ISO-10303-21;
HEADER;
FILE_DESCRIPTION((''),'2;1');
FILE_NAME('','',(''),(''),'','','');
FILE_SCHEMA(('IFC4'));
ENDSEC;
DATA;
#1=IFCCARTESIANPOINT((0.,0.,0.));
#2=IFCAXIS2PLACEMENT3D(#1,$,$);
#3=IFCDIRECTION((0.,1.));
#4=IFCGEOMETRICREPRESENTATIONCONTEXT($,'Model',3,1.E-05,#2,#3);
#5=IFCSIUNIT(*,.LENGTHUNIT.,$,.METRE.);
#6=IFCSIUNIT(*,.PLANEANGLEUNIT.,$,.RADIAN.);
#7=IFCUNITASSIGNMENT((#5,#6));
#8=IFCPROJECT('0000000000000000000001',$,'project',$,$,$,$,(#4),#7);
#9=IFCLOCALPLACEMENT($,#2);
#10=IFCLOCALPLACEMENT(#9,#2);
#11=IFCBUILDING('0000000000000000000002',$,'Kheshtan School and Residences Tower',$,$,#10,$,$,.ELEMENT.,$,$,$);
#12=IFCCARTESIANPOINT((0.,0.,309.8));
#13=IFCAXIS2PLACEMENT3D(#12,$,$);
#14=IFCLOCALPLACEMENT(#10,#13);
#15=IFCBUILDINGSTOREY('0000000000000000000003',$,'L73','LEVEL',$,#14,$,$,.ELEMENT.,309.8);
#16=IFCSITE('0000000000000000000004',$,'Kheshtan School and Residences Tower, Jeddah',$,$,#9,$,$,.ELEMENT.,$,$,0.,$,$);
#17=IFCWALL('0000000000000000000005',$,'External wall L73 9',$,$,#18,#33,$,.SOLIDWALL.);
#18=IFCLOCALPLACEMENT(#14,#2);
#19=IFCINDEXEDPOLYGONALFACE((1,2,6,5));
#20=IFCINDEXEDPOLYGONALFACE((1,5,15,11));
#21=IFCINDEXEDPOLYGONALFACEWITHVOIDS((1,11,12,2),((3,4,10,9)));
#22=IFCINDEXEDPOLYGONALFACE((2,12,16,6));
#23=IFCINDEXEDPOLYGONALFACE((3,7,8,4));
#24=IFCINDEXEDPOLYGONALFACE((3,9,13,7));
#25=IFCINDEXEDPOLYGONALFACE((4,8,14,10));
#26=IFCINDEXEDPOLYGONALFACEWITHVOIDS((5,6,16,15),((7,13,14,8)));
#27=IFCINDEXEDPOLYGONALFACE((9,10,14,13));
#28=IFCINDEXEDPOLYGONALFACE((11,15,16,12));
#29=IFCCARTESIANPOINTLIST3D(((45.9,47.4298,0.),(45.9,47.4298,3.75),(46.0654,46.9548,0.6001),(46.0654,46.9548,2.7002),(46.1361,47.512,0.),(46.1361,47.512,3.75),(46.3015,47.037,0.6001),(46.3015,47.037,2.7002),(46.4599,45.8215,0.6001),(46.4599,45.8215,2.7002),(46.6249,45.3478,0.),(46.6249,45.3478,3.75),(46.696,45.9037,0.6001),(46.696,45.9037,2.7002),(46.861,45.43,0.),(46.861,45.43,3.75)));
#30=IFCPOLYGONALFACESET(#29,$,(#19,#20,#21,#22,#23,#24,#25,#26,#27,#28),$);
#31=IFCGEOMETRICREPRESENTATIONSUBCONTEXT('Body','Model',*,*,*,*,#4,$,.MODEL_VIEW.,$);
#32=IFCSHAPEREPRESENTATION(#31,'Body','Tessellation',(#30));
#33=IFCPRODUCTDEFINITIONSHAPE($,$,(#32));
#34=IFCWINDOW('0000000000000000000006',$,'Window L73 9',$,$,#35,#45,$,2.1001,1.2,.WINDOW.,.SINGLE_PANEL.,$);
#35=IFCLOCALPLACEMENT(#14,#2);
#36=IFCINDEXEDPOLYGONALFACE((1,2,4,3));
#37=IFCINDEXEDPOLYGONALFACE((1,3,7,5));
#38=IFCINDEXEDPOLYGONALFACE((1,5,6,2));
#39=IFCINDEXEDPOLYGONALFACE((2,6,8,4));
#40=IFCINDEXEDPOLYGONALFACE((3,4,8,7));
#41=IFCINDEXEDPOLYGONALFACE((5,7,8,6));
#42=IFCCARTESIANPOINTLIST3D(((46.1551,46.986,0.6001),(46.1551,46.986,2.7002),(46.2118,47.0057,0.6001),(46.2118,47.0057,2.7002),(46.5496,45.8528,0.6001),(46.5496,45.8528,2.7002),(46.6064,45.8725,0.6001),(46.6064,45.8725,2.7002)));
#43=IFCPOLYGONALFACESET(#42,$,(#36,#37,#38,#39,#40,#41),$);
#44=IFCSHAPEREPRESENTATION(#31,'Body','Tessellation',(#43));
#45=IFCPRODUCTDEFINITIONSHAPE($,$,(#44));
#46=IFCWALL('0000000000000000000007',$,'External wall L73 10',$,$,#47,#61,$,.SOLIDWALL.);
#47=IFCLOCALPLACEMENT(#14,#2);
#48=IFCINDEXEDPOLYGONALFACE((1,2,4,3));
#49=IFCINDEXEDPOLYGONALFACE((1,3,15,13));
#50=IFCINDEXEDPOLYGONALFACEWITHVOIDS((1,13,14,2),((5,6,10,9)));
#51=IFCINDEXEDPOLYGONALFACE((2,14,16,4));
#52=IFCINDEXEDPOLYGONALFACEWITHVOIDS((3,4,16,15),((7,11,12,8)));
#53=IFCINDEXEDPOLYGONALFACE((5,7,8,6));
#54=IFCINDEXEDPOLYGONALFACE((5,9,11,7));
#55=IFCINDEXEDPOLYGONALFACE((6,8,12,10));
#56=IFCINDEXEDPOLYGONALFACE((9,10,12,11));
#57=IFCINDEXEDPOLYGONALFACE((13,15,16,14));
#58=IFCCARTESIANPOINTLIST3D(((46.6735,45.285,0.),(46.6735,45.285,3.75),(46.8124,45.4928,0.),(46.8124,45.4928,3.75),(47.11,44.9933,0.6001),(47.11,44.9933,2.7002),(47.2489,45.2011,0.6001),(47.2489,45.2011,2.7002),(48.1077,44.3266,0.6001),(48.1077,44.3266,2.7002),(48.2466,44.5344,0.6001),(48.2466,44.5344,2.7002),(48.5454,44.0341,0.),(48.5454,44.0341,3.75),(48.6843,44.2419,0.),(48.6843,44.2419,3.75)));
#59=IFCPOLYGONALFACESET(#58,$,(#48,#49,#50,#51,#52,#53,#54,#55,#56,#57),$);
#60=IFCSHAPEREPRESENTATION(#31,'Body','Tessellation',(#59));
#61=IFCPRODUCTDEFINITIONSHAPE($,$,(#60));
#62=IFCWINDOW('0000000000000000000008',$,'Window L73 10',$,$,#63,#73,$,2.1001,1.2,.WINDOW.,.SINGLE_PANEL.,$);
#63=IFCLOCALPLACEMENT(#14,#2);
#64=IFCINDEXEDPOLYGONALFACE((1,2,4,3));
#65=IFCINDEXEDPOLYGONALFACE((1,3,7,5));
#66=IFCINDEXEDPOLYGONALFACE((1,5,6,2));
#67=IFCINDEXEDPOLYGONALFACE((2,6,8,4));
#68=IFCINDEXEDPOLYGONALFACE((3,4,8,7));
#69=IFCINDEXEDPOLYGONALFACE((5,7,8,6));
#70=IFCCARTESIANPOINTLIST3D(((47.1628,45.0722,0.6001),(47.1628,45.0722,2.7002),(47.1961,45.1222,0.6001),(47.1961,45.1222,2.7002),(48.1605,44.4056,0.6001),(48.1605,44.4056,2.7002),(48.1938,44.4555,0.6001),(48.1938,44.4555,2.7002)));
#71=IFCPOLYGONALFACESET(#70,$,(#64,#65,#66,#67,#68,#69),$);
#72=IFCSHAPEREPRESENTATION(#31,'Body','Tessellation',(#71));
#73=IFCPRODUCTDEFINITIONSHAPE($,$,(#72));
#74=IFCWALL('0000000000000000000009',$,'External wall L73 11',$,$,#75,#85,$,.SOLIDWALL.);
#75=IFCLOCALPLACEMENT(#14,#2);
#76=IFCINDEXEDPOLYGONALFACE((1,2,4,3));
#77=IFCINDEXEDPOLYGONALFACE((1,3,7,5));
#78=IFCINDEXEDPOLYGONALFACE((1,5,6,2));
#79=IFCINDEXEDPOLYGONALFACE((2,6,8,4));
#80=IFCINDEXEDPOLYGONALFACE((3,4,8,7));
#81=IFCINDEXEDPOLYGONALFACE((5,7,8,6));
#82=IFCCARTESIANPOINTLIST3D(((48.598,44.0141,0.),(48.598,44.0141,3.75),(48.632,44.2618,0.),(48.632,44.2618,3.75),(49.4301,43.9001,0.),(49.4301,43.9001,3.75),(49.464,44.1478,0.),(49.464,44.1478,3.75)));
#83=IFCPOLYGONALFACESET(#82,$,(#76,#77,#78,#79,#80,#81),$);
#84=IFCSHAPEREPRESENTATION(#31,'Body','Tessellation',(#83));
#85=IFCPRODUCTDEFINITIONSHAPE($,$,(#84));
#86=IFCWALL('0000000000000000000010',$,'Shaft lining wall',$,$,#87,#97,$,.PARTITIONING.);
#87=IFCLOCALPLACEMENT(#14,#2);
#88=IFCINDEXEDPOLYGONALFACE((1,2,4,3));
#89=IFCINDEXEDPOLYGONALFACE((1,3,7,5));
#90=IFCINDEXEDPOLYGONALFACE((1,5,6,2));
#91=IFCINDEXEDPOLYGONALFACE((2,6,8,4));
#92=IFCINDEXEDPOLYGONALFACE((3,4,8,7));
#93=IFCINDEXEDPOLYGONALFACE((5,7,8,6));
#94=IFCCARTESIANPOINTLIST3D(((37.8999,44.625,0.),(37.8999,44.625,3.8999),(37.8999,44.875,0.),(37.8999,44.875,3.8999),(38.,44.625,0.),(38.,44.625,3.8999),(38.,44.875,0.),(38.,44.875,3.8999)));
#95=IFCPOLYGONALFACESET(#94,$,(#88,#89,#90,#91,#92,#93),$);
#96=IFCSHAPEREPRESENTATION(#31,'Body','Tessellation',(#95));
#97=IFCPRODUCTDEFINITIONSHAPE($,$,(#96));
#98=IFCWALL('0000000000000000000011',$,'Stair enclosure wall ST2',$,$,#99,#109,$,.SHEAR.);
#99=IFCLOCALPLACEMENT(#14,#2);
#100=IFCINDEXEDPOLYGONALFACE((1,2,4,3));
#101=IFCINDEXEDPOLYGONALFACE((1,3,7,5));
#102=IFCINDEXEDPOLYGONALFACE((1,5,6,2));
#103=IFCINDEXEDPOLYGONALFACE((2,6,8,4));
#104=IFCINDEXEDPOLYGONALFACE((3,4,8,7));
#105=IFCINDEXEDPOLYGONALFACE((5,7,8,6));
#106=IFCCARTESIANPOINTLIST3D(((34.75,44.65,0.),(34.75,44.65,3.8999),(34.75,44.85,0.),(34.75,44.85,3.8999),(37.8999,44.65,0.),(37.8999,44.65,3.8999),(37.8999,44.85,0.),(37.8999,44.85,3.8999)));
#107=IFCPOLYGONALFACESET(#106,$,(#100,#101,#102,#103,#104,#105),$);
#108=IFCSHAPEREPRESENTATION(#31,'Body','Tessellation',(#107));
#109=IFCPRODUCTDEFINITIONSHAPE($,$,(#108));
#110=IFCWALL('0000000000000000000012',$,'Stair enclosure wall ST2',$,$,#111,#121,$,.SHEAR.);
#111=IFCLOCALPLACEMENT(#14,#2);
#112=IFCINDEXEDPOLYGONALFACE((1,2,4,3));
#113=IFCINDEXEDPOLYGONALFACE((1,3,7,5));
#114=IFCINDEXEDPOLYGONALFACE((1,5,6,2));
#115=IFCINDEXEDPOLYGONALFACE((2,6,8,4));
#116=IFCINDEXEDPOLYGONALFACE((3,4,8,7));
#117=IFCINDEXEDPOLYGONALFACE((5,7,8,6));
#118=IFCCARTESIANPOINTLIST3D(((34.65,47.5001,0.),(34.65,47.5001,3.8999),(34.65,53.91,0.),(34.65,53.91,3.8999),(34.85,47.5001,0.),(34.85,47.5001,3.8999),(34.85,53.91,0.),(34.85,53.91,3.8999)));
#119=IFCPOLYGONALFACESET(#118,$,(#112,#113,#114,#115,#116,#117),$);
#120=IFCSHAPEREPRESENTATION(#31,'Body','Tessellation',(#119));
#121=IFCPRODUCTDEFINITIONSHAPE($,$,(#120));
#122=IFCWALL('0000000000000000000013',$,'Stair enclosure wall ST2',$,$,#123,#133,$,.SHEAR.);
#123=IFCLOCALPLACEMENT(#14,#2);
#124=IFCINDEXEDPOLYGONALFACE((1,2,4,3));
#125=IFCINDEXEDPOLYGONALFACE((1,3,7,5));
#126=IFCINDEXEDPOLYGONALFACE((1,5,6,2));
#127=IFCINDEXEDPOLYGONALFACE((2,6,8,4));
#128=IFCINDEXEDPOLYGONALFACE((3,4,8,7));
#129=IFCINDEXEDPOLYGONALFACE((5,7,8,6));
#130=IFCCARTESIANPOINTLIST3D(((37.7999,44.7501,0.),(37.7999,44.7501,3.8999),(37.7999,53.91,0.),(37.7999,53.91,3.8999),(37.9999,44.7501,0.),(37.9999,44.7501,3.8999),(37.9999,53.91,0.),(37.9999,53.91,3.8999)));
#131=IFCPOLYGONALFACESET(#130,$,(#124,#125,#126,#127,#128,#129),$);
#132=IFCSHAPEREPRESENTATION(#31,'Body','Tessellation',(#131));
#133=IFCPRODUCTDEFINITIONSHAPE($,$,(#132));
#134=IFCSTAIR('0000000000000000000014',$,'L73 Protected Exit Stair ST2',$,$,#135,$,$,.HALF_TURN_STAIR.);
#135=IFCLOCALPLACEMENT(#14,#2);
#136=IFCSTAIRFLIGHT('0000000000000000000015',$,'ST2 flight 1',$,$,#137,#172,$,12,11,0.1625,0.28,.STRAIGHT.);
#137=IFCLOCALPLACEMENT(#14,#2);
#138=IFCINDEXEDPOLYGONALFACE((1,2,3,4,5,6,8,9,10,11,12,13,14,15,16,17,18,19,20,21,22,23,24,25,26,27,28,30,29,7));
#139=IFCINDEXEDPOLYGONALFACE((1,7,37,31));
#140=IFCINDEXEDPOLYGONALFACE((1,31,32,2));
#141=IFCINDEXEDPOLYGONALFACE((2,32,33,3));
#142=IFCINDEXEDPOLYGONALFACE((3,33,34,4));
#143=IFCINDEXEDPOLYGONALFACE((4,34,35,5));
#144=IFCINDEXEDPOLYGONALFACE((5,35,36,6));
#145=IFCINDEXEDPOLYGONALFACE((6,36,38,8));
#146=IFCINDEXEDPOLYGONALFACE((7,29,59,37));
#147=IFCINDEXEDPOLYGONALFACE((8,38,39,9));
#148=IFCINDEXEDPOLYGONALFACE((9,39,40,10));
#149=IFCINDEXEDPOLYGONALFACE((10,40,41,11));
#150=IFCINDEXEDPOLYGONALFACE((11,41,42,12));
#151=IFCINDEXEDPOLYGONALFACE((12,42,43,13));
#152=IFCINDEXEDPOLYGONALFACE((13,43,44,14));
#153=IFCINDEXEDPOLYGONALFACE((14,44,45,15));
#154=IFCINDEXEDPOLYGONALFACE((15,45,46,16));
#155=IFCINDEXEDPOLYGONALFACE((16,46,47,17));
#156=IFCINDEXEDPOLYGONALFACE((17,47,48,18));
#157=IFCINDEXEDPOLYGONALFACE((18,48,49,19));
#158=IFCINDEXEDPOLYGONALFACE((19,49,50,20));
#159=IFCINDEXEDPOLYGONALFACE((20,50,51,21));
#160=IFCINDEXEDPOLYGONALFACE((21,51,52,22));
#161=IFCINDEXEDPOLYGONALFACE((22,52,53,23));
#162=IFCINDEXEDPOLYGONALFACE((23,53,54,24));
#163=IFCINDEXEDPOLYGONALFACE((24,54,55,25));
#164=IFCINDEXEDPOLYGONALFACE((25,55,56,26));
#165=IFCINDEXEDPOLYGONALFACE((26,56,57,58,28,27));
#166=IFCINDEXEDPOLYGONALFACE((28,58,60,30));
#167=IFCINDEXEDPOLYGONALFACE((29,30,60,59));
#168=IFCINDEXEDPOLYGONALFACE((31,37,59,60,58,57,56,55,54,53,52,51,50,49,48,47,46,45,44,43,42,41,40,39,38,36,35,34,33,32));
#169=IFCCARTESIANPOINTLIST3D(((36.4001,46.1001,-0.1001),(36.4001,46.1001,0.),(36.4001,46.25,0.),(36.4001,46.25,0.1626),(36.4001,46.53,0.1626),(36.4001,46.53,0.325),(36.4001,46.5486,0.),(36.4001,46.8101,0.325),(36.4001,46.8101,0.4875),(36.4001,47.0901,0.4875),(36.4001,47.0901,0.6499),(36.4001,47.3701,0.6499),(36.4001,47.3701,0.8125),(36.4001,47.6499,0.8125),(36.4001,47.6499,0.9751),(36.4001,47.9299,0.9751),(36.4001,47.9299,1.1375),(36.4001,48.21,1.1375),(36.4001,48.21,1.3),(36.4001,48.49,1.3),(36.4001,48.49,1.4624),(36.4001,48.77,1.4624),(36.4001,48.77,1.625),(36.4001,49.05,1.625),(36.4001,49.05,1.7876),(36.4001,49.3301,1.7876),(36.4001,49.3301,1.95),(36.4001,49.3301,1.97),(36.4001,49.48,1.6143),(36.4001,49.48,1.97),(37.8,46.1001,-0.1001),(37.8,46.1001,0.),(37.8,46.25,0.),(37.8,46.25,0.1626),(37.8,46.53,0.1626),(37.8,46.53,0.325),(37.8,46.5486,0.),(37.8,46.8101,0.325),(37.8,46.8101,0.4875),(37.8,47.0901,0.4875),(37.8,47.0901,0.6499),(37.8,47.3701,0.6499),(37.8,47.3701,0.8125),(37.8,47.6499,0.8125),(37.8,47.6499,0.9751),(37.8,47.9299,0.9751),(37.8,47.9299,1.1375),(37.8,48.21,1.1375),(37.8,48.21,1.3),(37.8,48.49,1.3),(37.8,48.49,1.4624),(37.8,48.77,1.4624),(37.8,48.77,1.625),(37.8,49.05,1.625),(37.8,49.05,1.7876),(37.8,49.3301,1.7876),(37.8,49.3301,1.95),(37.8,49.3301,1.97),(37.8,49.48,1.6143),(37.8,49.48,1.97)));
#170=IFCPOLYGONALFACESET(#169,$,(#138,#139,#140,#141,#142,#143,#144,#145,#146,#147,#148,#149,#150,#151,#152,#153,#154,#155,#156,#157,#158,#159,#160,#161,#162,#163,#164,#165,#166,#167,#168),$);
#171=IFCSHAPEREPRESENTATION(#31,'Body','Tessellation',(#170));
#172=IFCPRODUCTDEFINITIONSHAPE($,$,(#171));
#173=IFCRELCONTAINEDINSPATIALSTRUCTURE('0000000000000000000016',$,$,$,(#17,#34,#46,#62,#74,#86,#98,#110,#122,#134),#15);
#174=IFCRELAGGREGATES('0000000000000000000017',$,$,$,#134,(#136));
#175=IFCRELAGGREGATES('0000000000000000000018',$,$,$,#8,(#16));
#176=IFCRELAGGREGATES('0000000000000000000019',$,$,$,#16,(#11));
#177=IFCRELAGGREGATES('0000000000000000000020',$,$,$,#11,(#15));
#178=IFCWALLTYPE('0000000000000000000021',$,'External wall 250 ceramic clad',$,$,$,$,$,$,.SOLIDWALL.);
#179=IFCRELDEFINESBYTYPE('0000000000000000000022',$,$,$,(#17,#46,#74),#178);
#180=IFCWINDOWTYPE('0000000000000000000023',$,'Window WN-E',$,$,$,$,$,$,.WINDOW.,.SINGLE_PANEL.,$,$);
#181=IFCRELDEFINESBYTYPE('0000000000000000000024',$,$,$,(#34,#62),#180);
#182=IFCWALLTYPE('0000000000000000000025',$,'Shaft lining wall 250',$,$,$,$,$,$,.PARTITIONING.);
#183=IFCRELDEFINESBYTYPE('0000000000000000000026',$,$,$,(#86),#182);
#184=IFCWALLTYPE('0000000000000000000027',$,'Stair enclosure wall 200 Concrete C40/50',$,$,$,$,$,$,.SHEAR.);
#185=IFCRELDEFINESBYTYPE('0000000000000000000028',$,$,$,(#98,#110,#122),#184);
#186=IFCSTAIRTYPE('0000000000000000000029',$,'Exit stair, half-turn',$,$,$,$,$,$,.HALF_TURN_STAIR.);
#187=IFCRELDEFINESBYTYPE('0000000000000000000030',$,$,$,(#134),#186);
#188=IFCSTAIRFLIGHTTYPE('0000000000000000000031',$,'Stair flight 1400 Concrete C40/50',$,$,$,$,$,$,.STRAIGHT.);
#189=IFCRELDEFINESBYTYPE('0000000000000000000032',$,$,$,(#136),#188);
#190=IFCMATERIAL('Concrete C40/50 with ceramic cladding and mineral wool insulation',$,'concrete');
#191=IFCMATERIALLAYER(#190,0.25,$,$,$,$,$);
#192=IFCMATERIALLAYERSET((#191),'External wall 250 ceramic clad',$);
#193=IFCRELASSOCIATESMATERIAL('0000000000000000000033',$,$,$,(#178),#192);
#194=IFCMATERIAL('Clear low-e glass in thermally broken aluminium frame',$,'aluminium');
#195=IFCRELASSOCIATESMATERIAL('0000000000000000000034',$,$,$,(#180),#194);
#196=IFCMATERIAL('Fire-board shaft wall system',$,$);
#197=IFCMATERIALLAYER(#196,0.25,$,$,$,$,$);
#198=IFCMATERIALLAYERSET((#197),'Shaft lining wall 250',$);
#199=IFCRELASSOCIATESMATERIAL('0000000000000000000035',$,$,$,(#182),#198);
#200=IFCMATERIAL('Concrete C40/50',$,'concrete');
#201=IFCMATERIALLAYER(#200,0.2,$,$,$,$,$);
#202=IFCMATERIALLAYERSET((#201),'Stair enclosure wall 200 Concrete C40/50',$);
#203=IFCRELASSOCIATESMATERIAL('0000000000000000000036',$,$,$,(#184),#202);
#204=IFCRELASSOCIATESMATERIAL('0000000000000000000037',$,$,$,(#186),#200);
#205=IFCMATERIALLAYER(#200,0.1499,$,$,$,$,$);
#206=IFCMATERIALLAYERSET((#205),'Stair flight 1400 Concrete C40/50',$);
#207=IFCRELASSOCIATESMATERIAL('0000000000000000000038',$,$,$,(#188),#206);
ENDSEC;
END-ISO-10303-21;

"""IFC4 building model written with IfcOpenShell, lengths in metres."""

from ifc_helpers import new_model, si_unit, direction, frame, frame_2d, origin, place, context, subcontext, project, spatial, polyline, rectangle, outline, extrude, source, transform, mapped, material, layer, layer_set, type_object, element, fill, aggregate, save


model = new_model("IFC4")

# Units and contexts
model_context = context("Model", 3, precision=1e-05, world=origin(), true_north=direction((0.0, 1.0)))
body_context = subcontext(model_context, "Body", "Model", "MODEL_VIEW")
ifc_project = project(units=[si_unit("LENGTHUNIT", "METRE"), si_unit("PLANEANGLEUNIT", "RADIAN")], contexts=[model_context])

# Site, building, storey
site_placement = place(None, origin())
site = spatial("IfcSite", under=ifc_project, at=site_placement, Name="Kheshtan School and Residences Tower, Jeddah", CompositionType="ELEMENT", RefElevation=0.0)
building_placement = place(site_placement, origin())
building = spatial("IfcBuilding", under=site, at=building_placement, Name="Kheshtan School and Residences Tower", CompositionType="ELEMENT")
storey_placement = place(building_placement, frame((0.0, 0.0, 309.8)))
storey = spatial("IfcBuildingStorey", under=building, at=storey_placement, Name="L73", Description="LEVEL", CompositionType="ELEMENT", Elevation=309.8)

# Shared definitions
ifc_material_1 = material(Name="Clear low-e glass in thermally broken aluminium frame", Category="aluminium")

# Walls, openings, windows
ifc_material_2 = material(Name="Concrete C40/50 with ceramic cladding and mineral wool insulation", Category="concrete")
ifc_layer_1 = layer(ifc_material_2, 0.25)
ifc_layer_set_1 = layer_set([ifc_layer_1], Name="External wall 250 ceramic clad")
wall_type_1 = type_object("IfcWallType", Name="External wall 250 ceramic clad", PredefinedType="SOLIDWALL", material=ifc_layer_set_1)
wall_1_placement = place(storey_placement, frame((46.0181, 47.4709, 0.0), z_axis=(0.0, 0.0, 1.0), x_axis=(0.328791, -0.944403, 0.0)))
wall_1 = element("IfcWall", 1, at=wall_1_placement, inside=storey, type_object=wall_type_1, Name="External wall L73 9", PredefinedType="SOLIDWALL", context=body_context, shape_type="SweptSolid", body=[
    extrude(rectangle(XDim=2.2046, YDim=0.25, at=frame_2d((1.1023, 0.0))), origin(), (0.0, 0.0, 1.0), 3.75),
])
opening_1_placement = place(wall_1_placement, frame((0.5029, 0.0, 0.6001)))
opening_1 = element("IfcOpeningElement", 2, at=opening_1_placement, cuts=wall_1, PredefinedType="OPENING", context=body_context, shape_type="SweptSolid", body=[
    extrude(rectangle(XDim=1.2, YDim=2.1001, at=frame_2d((0.6001, 1.05))), frame((0.0, 0.135, 0.0), z_axis=(0.0, -1.0, 0.0), x_axis=(1.0, 0.0, 0.0)), (0.0, 0.0, 1.0), 0.27),
])
window_type = type_object("IfcWindowType", Name="Window WN-E", PartitioningType="SINGLE_PANEL", PredefinedType="WINDOW", material=ifc_material_1)
shared_shape_1 = source(origin(), body_context, "Body", "SweptSolid", [
    extrude(rectangle(XDim=1.2, YDim=2.1001, at=frame_2d((0.6001, 1.05))), frame((0.0, 0.03, 0.0), z_axis=(0.0, -1.0, 0.0), x_axis=(1.0, 0.0, 0.0)), (0.0, 0.0, 1.0), 0.0601),
])
window_1_placement = place(opening_1_placement, origin())
window_1 = element("IfcWindow", 3, at=window_1_placement, inside=storey, type_object=window_type, Name="Window L73 9", OverallHeight=2.1001, OverallWidth=1.2, PartitioningType="SINGLE_PANEL", PredefinedType="WINDOW", context=body_context, shape_type="MappedRepresentation", body=[
    mapped(shared_shape_1, transform((0.0, 0.0, 0.0), x_axis=(1.0, 0.0, 0.0), y_axis=(0.0, 1.0, 0.0), z_axis=(0.0, 0.0, 1.0), scale=1.0)),
])
fill(opening_1, window_1)
wall_2_placement = place(storey_placement, frame((46.7429, 45.3889, 0.0), z_axis=(0.0, 0.0, 1.0), x_axis=(0.831449, -0.555601, 0.0)))
wall_2 = element("IfcWall", 4, at=wall_2_placement, inside=storey, type_object=wall_type_1, Name="External wall L73 10", PredefinedType="SOLIDWALL", context=body_context, shape_type="SweptSolid", body=[
    extrude(rectangle(XDim=2.2515, YDim=0.25, at=frame_2d((1.1257, 0.0))), origin(), (0.0, 0.0, 1.0), 3.75),
])
opening_2_placement = place(wall_2_placement, frame((0.5249, 0.0, 0.6001)))
opening_2 = element("IfcOpeningElement", 5, at=opening_2_placement, cuts=wall_2, PredefinedType="OPENING", context=body_context, shape_type="SweptSolid", body=[
    extrude(rectangle(XDim=1.2, YDim=2.1001, at=frame_2d((0.6001, 1.05))), frame((0.0, 0.135, 0.0), z_axis=(0.0, -1.0, 0.0), x_axis=(1.0, 0.0, 0.0)), (0.0, 0.0, 1.0), 0.27),
])
window_2_placement = place(opening_2_placement, origin())
window_2 = element("IfcWindow", 6, at=window_2_placement, inside=storey, type_object=window_type, Name="Window L73 10", OverallHeight=2.1001, OverallWidth=1.2, PartitioningType="SINGLE_PANEL", PredefinedType="WINDOW", context=body_context, shape_type="MappedRepresentation", body=[
    mapped(shared_shape_1, transform((0.0, 0.0, 0.0), x_axis=(1.0, 0.0, 0.0), y_axis=(0.0, 1.0, 0.0), z_axis=(0.0, 0.0, 1.0), scale=1.0)),
])
fill(opening_2, window_2)

# Wall
wall_3_placement = place(storey_placement, frame((48.615, 44.1379, 0.0), z_axis=(0.0, 0.0, 1.0), x_axis=(0.990742, -0.135762, 0.0)))
element("IfcWall", 7, at=wall_3_placement, inside=storey, type_object=wall_type_1, Name="External wall L73 11", PredefinedType="SOLIDWALL", context=body_context, shape_type="SweptSolid", body=[
    extrude(rectangle(XDim=0.8398, YDim=0.25, at=frame_2d((0.4199, 0.0))), origin(), (0.0, 0.0, 1.0), 3.75),
])

# Walls
ifc_material_3 = material(Name="Fire-board shaft wall system")
ifc_layer_2 = layer(ifc_material_3, 0.25)
ifc_layer_set_2 = layer_set([ifc_layer_2], Name="Shaft lining wall 250")
wall_type_2 = type_object("IfcWallType", Name="Shaft lining wall 250", PredefinedType="PARTITIONING", material=ifc_layer_set_2)
wall_4_placement = place(storey_placement, frame((37.8999, 44.75, 0.0), z_axis=(0.0, 0.0, 1.0), x_axis=(1.0, 0.0, 0.0)))
element("IfcWall", 8, at=wall_4_placement, inside=storey, type_object=wall_type_2, Name="Shaft lining wall", PredefinedType="PARTITIONING", context=body_context, shape_type="SweptSolid", body=[
    extrude(rectangle(XDim=0.1001, YDim=0.25, at=frame_2d((0.05, 0.0))), origin(), (0.0, 0.0, 1.0), 3.8999),
])
ifc_material_4 = material(Name="Concrete C40/50", Category="concrete")
ifc_layer_3 = layer(ifc_material_4, 0.2)
ifc_layer_set_3 = layer_set([ifc_layer_3], Name="Stair enclosure wall 200 Concrete C40/50")
wall_type_3 = type_object("IfcWallType", Name="Stair enclosure wall 200 Concrete C40/50", PredefinedType="SHEAR", material=ifc_layer_set_3)
wall_5_placement = place(storey_placement, frame((34.75, 44.75, 0.0), z_axis=(0.0, 0.0, 1.0), x_axis=(1.0, 0.0, 0.0)))
element("IfcWall", 9, at=wall_5_placement, inside=storey, type_object=wall_type_3, Name="Stair enclosure wall ST2", PredefinedType="SHEAR", context=body_context, shape_type="SweptSolid", body=[
    extrude(rectangle(XDim=3.1499, YDim=0.2, at=frame_2d((1.575, 0.0))), origin(), (0.0, 0.0, 1.0), 3.8999),
])
wall_6_placement = place(storey_placement, frame((34.75, 47.5, 0.0), z_axis=(0.0, 0.0, 1.0), x_axis=(0.0, 1.0, 0.0)))
element("IfcWall", 10, at=wall_6_placement, inside=storey, type_object=wall_type_3, Name="Stair enclosure wall ST2", PredefinedType="SHEAR", context=body_context, shape_type="SweptSolid", body=[
    extrude(rectangle(XDim=6.4099, YDim=0.2, at=frame_2d((3.2051, 0.0))), origin(), (0.0, 0.0, 1.0), 3.8999),
])
wall_7_placement = place(storey_placement, frame((37.8999, 44.75, 0.0), z_axis=(0.0, 0.0, 1.0), x_axis=(0.0, 1.0, 0.0)))
element("IfcWall", 11, at=wall_7_placement, inside=storey, type_object=wall_type_3, Name="Stair enclosure wall ST2", PredefinedType="SHEAR", context=body_context, shape_type="SweptSolid", body=[
    extrude(rectangle(XDim=9.1599, YDim=0.2, at=frame_2d((4.5801, 0.0))), origin(), (0.0, 0.0, 1.0), 3.8999),
])

# Stair, stair flight
stair_type = type_object("IfcStairType", Name="Exit stair, half-turn", PredefinedType="HALF_TURN_STAIR", material=ifc_material_4)
stair_placement = place(storey_placement, origin())
stair = element("IfcStair", 12, at=stair_placement, inside=storey, type_object=stair_type, Name="L73 Protected Exit Stair ST2", PredefinedType="HALF_TURN_STAIR")
ifc_layer_4 = layer(ifc_material_4, 0.1499)
ifc_layer_set_4 = layer_set([ifc_layer_4], Name="Stair flight 1400 Concrete C40/50")
stair_flight_type = type_object("IfcStairFlightType", Name="Stair flight 1400 Concrete C40/50", PredefinedType="STRAIGHT", material=ifc_layer_set_4)
stair_flight_1_placement = place(storey_placement, frame((37.1001, 46.25, 0.0), z_axis=(0.0, 0.0, 1.0), x_axis=(0.0, 1.0, 0.0)))
stair_flight_1 = element("IfcStairFlight", 13, at=stair_flight_1_placement, type_object=stair_flight_type, Name="ST2 flight 1", NumberOfRisers=12, NumberOfTreads=11, PredefinedType="STRAIGHT", RiserHeight=0.1625, TreadLength=0.28, context=body_context, shape_type="SweptSolid", body=[
    extrude(outline(polyline([(-0.1499, -0.1001), (-0.1499, 0.0), (0.0, 0.0), (0.0, 0.1626), (0.28, 0.1626), (0.28, 0.325), (0.5601, 0.325), (0.5601, 0.4875), (0.8401, 0.4875), (0.8401, 0.6499), (1.1201, 0.6499), (1.1201, 0.8125), (1.3999, 0.8125), (1.3999, 0.9751), (1.6799, 0.9751), (1.6799, 1.1375), (1.96, 1.1375), (1.96, 1.3), (2.24, 1.3), (2.24, 1.4624), (2.52, 1.4624), (2.52, 1.625), (2.8, 1.625), (2.8, 1.7876), (3.0801, 1.7876), (3.0801, 1.95), (3.0801, 1.97), (3.23, 1.97), (3.23, 1.6143), (0.2986, 0.0), (-0.1499, -0.1001)])), frame((0.0, 0.7, 0.0), z_axis=(0.0, -1.0, 0.0), x_axis=(1.0, 0.0, 0.0)), (0.0, 0.0, 1.0), 1.3999),
])
aggregate(stair, [stair_flight_1])

save(model, "model.ifc")
